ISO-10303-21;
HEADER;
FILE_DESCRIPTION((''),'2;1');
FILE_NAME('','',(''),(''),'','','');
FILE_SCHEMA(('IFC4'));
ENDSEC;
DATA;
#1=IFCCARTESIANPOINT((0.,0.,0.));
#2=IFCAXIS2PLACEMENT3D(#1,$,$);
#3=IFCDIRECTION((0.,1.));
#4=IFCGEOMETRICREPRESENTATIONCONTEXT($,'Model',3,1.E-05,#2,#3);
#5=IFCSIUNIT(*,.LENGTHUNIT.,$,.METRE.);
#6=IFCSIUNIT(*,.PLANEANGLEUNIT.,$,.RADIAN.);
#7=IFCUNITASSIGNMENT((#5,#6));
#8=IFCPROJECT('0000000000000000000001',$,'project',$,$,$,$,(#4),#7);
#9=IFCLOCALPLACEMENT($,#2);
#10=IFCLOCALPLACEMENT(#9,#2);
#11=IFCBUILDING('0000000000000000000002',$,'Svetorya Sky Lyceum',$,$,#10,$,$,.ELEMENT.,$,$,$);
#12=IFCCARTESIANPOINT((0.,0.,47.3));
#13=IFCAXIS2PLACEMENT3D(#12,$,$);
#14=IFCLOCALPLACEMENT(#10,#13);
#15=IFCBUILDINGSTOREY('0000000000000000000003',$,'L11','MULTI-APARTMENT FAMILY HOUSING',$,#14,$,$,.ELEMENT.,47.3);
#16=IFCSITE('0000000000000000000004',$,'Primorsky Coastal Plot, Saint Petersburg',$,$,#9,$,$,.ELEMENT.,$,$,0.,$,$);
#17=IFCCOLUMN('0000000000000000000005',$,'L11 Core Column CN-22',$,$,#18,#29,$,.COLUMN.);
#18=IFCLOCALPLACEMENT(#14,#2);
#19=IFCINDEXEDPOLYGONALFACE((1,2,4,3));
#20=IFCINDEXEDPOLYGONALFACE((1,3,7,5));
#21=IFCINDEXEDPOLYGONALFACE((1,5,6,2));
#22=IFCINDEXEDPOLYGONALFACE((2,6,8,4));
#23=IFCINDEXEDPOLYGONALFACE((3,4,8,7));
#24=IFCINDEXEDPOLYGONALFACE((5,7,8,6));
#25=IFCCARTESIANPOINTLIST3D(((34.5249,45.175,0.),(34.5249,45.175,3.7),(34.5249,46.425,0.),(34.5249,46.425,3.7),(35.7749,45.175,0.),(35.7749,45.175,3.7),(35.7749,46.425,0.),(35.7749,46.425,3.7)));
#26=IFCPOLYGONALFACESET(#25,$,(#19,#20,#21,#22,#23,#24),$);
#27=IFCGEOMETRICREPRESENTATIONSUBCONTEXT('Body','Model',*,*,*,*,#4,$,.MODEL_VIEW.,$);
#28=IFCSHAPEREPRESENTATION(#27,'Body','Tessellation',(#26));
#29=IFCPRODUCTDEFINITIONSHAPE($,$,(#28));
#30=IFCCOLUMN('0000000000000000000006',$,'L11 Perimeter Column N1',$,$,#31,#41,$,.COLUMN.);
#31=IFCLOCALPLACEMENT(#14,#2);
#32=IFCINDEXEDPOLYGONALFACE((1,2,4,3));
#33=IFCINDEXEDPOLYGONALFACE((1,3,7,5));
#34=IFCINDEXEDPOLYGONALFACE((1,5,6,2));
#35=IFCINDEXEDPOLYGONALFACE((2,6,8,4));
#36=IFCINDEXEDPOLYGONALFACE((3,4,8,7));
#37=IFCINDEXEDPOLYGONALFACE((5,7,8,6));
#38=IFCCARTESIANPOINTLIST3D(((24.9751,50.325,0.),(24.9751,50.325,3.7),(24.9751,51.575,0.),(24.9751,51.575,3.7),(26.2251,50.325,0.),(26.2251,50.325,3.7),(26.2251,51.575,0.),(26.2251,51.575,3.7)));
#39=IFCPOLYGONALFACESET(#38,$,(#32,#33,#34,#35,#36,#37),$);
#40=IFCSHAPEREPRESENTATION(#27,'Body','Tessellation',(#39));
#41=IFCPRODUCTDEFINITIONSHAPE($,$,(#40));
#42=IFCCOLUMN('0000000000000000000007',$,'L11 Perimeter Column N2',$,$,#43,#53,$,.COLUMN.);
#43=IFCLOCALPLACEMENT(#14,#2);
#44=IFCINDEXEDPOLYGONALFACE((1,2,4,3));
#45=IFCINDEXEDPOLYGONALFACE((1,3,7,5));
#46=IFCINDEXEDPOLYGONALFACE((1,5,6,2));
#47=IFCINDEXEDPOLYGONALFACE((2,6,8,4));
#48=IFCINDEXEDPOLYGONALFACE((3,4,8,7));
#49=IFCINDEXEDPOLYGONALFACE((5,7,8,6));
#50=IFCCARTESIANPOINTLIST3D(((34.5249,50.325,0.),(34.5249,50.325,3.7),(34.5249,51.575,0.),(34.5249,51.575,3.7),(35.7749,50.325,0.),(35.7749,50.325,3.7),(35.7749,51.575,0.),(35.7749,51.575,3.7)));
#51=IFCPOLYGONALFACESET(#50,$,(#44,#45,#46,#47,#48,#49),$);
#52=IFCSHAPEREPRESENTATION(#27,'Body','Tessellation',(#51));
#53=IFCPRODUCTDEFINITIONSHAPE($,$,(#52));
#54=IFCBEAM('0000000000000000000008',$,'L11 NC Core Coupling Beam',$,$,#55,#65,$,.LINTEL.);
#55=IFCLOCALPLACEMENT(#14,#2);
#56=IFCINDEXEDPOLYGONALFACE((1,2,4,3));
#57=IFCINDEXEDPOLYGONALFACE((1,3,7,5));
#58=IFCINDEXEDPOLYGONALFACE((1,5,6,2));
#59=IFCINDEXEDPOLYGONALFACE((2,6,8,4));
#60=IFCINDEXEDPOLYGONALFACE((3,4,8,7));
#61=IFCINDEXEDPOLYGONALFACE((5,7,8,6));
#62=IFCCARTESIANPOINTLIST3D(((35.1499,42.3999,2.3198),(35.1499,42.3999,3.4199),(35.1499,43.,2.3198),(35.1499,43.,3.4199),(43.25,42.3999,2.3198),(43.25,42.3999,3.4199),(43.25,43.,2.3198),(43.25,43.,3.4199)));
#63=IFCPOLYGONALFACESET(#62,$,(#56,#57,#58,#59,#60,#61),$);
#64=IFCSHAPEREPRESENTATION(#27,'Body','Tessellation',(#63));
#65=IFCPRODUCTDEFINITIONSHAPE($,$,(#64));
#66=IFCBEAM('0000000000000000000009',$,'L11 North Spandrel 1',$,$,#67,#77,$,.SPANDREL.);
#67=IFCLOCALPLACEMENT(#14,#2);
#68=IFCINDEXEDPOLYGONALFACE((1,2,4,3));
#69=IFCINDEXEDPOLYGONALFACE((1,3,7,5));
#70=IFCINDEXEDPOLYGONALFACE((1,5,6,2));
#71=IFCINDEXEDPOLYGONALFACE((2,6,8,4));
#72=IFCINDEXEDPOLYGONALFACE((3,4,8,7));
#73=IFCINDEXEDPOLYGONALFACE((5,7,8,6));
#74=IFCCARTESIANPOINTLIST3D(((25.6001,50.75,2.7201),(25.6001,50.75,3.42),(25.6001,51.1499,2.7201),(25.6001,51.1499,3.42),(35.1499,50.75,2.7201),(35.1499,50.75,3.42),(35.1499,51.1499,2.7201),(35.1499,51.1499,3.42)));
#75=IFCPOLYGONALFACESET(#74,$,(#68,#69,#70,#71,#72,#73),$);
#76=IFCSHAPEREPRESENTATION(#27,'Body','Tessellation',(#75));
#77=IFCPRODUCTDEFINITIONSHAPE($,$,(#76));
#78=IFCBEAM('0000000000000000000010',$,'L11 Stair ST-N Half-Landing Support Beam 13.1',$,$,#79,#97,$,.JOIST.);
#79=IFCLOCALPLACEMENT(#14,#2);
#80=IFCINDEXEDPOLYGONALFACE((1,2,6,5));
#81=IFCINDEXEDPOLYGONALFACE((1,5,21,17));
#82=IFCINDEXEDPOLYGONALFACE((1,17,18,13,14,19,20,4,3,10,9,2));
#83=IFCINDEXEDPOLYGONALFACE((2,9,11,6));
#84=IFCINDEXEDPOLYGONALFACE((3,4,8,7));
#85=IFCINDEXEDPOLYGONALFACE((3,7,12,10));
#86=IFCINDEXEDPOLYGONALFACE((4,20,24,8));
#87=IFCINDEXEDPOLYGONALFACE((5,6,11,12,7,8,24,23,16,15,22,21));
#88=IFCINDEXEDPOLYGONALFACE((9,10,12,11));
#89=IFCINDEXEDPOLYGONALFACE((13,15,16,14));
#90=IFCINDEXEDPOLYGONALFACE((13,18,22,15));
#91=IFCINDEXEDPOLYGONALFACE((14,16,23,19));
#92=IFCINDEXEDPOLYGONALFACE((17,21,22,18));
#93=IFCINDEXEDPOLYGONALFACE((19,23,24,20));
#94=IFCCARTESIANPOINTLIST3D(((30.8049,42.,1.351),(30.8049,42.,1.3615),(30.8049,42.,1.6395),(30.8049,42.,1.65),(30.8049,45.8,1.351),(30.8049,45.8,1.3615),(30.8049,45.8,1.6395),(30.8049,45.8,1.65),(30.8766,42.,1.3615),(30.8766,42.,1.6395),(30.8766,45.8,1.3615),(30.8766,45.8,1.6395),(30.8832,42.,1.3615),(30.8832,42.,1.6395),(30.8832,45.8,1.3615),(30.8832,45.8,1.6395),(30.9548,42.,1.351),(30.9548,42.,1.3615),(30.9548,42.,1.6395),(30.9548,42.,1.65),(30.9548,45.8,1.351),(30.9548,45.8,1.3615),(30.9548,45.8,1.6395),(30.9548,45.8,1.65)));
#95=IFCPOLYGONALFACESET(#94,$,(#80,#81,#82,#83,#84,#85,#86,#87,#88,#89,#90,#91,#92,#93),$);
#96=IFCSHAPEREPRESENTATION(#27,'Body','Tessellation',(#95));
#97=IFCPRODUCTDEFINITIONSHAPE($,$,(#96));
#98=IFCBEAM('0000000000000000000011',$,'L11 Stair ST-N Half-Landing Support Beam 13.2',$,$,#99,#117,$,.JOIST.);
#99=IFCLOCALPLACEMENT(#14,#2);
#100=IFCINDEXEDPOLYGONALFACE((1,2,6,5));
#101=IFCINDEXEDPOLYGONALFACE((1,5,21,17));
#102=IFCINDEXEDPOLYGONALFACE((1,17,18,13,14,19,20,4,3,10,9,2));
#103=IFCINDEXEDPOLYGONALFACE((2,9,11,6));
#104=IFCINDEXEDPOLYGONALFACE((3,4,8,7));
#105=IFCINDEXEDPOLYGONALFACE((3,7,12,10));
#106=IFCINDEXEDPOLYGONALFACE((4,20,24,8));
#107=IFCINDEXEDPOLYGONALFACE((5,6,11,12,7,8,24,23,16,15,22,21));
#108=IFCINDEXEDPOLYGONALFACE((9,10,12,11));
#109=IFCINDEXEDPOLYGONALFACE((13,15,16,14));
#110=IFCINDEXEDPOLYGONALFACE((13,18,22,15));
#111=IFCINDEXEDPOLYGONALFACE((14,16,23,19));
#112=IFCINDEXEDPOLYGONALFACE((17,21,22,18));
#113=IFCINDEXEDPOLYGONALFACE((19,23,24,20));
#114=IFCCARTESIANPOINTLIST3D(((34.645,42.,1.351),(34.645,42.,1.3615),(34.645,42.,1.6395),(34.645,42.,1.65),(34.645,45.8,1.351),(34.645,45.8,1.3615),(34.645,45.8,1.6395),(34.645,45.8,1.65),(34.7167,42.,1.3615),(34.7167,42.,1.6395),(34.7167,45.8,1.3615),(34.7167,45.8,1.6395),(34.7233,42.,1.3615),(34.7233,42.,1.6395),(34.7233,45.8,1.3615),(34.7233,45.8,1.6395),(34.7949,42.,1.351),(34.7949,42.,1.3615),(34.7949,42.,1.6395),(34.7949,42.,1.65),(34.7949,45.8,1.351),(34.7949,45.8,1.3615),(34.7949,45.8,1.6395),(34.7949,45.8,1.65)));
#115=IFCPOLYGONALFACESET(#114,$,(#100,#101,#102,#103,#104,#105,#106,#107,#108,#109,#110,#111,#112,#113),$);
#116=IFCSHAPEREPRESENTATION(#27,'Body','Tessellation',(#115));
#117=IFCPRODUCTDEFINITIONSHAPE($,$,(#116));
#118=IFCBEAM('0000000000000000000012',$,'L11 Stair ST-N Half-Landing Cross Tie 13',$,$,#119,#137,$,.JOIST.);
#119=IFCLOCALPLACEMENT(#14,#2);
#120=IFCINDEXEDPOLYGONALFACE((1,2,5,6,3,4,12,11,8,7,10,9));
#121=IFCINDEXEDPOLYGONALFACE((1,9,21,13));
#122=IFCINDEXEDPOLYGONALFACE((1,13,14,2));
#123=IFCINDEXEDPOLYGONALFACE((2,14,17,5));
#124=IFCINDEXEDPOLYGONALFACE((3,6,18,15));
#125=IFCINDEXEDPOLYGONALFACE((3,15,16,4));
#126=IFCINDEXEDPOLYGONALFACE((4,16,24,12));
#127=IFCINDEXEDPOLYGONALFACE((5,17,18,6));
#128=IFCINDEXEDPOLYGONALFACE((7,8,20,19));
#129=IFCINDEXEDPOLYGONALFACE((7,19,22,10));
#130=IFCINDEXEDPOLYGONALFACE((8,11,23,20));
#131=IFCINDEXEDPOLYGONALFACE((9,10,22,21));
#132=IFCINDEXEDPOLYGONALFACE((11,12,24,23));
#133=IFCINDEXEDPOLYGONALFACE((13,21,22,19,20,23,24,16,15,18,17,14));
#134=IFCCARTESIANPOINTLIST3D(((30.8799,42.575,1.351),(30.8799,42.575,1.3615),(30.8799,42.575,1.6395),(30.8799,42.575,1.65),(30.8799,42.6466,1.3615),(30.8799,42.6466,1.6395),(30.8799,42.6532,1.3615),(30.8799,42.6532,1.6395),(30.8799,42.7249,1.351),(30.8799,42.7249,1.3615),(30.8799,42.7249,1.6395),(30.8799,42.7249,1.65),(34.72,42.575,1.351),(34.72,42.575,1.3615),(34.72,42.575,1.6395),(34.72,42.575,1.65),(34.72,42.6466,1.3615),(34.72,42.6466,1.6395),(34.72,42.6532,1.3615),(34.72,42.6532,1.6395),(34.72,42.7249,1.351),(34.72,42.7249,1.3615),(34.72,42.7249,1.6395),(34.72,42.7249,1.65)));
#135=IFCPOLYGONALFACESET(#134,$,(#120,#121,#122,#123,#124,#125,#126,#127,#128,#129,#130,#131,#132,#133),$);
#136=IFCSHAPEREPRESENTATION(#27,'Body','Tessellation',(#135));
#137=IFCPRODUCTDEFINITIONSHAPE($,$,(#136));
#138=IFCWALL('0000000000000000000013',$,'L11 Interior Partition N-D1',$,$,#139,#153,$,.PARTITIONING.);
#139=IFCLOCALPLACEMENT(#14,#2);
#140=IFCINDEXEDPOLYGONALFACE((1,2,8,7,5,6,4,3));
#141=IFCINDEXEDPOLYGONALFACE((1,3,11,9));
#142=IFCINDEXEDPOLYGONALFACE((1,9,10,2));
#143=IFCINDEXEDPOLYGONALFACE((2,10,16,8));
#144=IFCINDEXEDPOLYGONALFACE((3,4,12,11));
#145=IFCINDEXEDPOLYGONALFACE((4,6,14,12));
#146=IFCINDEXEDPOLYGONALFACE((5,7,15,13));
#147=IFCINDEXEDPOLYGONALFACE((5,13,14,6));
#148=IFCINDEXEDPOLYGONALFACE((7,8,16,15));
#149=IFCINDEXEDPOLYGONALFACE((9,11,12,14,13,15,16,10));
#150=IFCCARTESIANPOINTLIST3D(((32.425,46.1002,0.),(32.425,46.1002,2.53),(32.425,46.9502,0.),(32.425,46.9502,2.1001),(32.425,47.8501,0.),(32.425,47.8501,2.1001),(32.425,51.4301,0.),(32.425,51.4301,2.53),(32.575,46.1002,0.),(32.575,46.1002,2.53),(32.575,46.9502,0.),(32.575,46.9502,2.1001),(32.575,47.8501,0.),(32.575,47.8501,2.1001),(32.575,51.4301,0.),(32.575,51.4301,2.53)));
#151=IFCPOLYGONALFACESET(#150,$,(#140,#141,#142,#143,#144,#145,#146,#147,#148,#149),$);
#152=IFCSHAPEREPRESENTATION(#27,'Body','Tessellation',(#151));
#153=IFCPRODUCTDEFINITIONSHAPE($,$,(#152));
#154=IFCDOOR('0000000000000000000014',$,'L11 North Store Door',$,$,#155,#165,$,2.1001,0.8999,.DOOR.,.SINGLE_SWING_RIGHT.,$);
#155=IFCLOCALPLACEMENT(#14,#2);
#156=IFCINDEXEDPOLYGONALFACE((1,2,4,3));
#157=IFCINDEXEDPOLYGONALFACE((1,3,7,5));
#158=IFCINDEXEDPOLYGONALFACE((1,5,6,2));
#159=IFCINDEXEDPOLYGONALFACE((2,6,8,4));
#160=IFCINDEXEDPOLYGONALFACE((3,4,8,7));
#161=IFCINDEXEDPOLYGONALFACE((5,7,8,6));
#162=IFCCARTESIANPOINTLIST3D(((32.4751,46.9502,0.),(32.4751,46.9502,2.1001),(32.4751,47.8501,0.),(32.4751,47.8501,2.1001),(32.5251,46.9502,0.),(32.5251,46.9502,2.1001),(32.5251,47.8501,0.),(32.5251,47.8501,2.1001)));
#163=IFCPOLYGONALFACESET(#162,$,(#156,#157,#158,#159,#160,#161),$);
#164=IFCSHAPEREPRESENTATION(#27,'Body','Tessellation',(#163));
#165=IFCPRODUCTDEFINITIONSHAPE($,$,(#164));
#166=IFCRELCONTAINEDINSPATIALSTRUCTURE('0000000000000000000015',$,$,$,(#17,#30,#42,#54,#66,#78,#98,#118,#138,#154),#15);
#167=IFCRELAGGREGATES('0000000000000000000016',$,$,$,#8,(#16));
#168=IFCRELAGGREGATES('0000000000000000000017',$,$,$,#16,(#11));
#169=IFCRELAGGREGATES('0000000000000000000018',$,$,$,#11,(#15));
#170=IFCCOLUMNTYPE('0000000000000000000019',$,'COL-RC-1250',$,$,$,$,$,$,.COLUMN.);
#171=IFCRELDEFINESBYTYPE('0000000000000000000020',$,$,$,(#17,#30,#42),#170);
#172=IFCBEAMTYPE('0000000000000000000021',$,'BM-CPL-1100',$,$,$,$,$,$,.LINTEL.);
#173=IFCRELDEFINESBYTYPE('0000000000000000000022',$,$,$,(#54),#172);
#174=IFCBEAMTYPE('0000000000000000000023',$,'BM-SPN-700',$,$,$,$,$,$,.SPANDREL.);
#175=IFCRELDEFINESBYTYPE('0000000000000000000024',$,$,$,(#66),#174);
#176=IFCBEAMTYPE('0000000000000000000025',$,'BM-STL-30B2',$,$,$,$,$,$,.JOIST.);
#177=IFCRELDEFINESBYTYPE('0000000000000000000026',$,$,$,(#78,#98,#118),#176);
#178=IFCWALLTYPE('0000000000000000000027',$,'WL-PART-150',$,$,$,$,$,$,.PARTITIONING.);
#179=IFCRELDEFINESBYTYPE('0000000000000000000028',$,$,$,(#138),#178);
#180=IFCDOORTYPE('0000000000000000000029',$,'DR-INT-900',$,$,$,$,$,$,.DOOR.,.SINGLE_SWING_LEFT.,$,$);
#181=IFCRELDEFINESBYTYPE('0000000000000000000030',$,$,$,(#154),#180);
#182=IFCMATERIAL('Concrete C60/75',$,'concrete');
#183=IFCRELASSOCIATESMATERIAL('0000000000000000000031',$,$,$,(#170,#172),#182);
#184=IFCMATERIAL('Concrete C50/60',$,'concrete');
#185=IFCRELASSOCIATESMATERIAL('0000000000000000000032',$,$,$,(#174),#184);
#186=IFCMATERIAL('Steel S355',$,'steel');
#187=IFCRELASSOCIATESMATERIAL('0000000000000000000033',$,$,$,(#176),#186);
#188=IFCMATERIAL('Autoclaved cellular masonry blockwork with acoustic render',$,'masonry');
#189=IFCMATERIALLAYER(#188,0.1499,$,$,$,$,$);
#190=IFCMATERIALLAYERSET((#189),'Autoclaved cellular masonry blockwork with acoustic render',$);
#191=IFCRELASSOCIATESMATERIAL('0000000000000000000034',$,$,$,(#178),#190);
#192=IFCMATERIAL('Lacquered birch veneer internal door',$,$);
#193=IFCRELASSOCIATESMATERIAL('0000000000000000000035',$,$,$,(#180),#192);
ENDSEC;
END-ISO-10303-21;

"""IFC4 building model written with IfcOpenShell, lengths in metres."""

from ifc_helpers import new_model, si_unit, direction, frame, frame_2d, origin, origin_2d, place, context, subcontext, project, spatial, rectangle, i_section, extrude, material, layer, layer_set, material_profile, profile_set, type_object, element, fill, save


model = new_model("IFC4")

# Units and contexts
model_context = context("Model", 3, precision=1e-05, world=origin(), true_north=direction((0.0, 1.0)))
body_context = subcontext(model_context, "Body", "Model", "MODEL_VIEW")
ifc_project = project(units=[si_unit("LENGTHUNIT", "METRE"), si_unit("PLANEANGLEUNIT", "RADIAN")], contexts=[model_context])

# Site, building, storey
site_placement = place(None, origin())
site = spatial("IfcSite", under=ifc_project, at=site_placement, Name="Primorsky Coastal Plot, Saint Petersburg", CompositionType="ELEMENT", RefElevation=0.0)
building_placement = place(site_placement, origin())
building = spatial("IfcBuilding", under=site, at=building_placement, Name="Svetorya Sky Lyceum", CompositionType="ELEMENT")
storey_placement = place(building_placement, frame((0.0, 0.0, 47.3)))
storey = spatial("IfcBuildingStorey", under=building, at=storey_placement, Name="L11", Description="MULTI-APARTMENT FAMILY HOUSING", CompositionType="ELEMENT", Elevation=47.3)

# Columns
ifc_material_1 = material(Name="Concrete C60/75", Category="concrete")
ifc_material_profile_1 = material_profile(ifc_material_1, rectangle(XDim=1.25, YDim=1.25, at=origin_2d()), Name="RC COL 1250x1250")
ifc_profile_set_1 = profile_set([ifc_material_profile_1], Name="Concrete C60/75")
column_type = type_object("IfcColumnType", Name="COL-RC-1250", PredefinedType="COLUMN", material=ifc_profile_set_1)
for number, where, z_axis, x_axis, name in (
    (1, (35.1499, 45.8, 0.0), (0.0, 0.0, 1.0), (1.0, 0.0, 0.0), "L11 Core Column CN-22"),
    (2, (25.6001, 50.95, 0.0), (0.0, 0.0, 1.0), (1.0, 0.0, 0.0), "L11 Perimeter Column N1"),
    (3, (35.1499, 50.95, 0.0), (0.0, 0.0, 1.0), (1.0, 0.0, 0.0), "L11 Perimeter Column N2"),
):
    element("IfcColumn", number, at=place(storey_placement, frame(where, z_axis=z_axis, x_axis=x_axis)), inside=storey, type_object=column_type, Name=name, PredefinedType="COLUMN", context=body_context, shape_type="SweptSolid", body=[
        extrude(rectangle(XDim=1.25, YDim=1.25, at=origin_2d()), origin(), (0.0, 0.0, 1.0), 3.7),
    ])

# Beams
ifc_material_profile_2 = material_profile(ifc_material_1, rectangle(XDim=0.6001, YDim=1.1001, at=origin_2d()), Name="RC COUPLING 600x1100")
ifc_profile_set_2 = profile_set([ifc_material_profile_2], Name="Concrete C60/75")
beam_type_1 = type_object("IfcBeamType", Name="BM-CPL-1100", PredefinedType="LINTEL", material=ifc_profile_set_2)
beam_1_placement = place(storey_placement, frame((35.1499, 42.7, 2.8699), z_axis=(1.0, 0.0, 0.0), x_axis=(0.0, 1.0, 0.0)))
element("IfcBeam", 4, at=beam_1_placement, inside=storey, type_object=beam_type_1, Name="L11 NC Core Coupling Beam", PredefinedType="LINTEL", context=body_context, shape_type="SweptSolid", body=[
    extrude(rectangle(XDim=0.6001, YDim=1.1001, at=origin_2d()), origin(), (0.0, 0.0, 1.0), 8.1001),
])
ifc_material_2 = material(Name="Concrete C50/60", Category="concrete")
ifc_material_profile_3 = material_profile(ifc_material_2, rectangle(XDim=0.3999, YDim=0.7, at=origin_2d()), Name="RC SPANDREL 400x700")
ifc_profile_set_3 = profile_set([ifc_material_profile_3], Name="Concrete C50/60")
beam_type_2 = type_object("IfcBeamType", Name="BM-SPN-700", PredefinedType="SPANDREL", material=ifc_profile_set_3)
beam_2_placement = place(storey_placement, frame((25.6001, 50.95, 3.0701), z_axis=(1.0, 0.0, 0.0), x_axis=(0.0, 1.0, 0.0)))
element("IfcBeam", 5, at=beam_2_placement, inside=storey, type_object=beam_type_2, Name="L11 North Spandrel 1", PredefinedType="SPANDREL", context=body_context, shape_type="SweptSolid", body=[
    extrude(rectangle(XDim=0.3999, YDim=0.7, at=origin_2d()), origin(), (0.0, 0.0, 1.0), 9.5498),
])
ifc_material_3 = material(Name="Steel S355", Category="steel")
ifc_material_profile_4 = material_profile(ifc_material_3, i_section(OverallWidth=0.1499, OverallDepth=0.2991, WebThickness=0.0066, FlangeThickness=0.0105, at=origin_2d()), Name="GOST 30B2")
ifc_profile_set_4 = profile_set([ifc_material_profile_4], Name="Steel S355")
beam_type_3 = type_object("IfcBeamType", Name="BM-STL-30B2", PredefinedType="JOIST", material=ifc_profile_set_4)
for number, where, z_axis, x_axis, name in (
    (6, (30.8799, 42.0, 1.5005), (0.0, 1.0, 0.0), (-1.0, 0.0, 0.0), "L11 Stair ST-N Half-Landing Support Beam 13.1"),
    (7, (34.72, 42.0, 1.5005), (0.0, 1.0, 0.0), (-1.0, 0.0, 0.0), "L11 Stair ST-N Half-Landing Support Beam 13.2"),
):
    element("IfcBeam", number, at=place(storey_placement, frame(where, z_axis=z_axis, x_axis=x_axis)), inside=storey, type_object=beam_type_3, Name=name, PredefinedType="JOIST", context=body_context, shape_type="SweptSolid", body=[
        extrude(i_section(OverallWidth=0.1499, OverallDepth=0.2991, WebThickness=0.0066, FlangeThickness=0.0105, at=origin_2d()), origin(), (0.0, 0.0, 1.0), 3.8),
    ])
beam_3_placement = place(storey_placement, frame((30.8799, 42.6499, 1.5005), z_axis=(1.0, 0.0, 0.0), x_axis=(0.0, 1.0, 0.0)))
element("IfcBeam", 8, at=beam_3_placement, inside=storey, type_object=beam_type_3, Name="L11 Stair ST-N Half-Landing Cross Tie 13", PredefinedType="JOIST", context=body_context, shape_type="SweptSolid", body=[
    extrude(i_section(OverallWidth=0.1499, OverallDepth=0.2991, WebThickness=0.0066, FlangeThickness=0.0105, at=origin_2d()), origin(), (0.0, 0.0, 1.0), 3.8401),
])

# Wall, opening, door
ifc_material_4 = material(Name="Autoclaved cellular masonry blockwork with acoustic render", Category="masonry")
ifc_layer = layer(ifc_material_4, 0.1499)
ifc_layer_set = layer_set([ifc_layer], Name="Autoclaved cellular masonry blockwork with acoustic render")
wall_type = type_object("IfcWallType", Name="WL-PART-150", PredefinedType="PARTITIONING", material=ifc_layer_set)
wall_placement = place(storey_placement, frame((32.5, 46.1001, 0.0), z_axis=(0.0, 0.0, 1.0), x_axis=(0.0, 1.0, 0.0)))
wall = element("IfcWall", 9, at=wall_placement, inside=storey, type_object=wall_type, Name="L11 Interior Partition N-D1", PredefinedType="PARTITIONING", context=body_context, shape_type="SweptSolid", body=[
    extrude(rectangle(XDim=5.3298, YDim=0.1499, at=frame_2d((2.665, 0.0))), origin(), (0.0, 0.0, 1.0), 2.53),
])
opening_placement = place(wall_placement, frame((0.8501, 0.0, 0.0)))
opening = element("IfcOpeningElement", 10, at=opening_placement, cuts=wall, PredefinedType="OPENING", context=body_context, shape_type="SweptSolid", body=[
    extrude(rectangle(XDim=0.8999, YDim=2.1001, at=frame_2d((0.45, 1.05))), frame((0.0, 0.085, 0.0), z_axis=(0.0, -1.0, 0.0), x_axis=(1.0, 0.0, 0.0)), (0.0, 0.0, 1.0), 0.1699),
])
ifc_material_5 = material(Name="Lacquered birch veneer internal door")
door_type = type_object("IfcDoorType", Name="DR-INT-900", OperationType="SINGLE_SWING_LEFT", PredefinedType="DOOR", material=ifc_material_5)
door_placement = place(opening_placement, origin())
door = element("IfcDoor", 11, at=door_placement, inside=storey, type_object=door_type, Name="L11 North Store Door", OperationType="SINGLE_SWING_RIGHT", OverallHeight=2.1001, OverallWidth=0.8999, PredefinedType="DOOR", context=body_context, shape_type="SweptSolid", body=[
    extrude(rectangle(XDim=0.8999, YDim=2.1001, at=frame_2d((0.45, 1.05))), frame((0.0, 0.0249, 0.0), z_axis=(0.0, -1.0, 0.0), x_axis=(1.0, 0.0, 0.0)), (0.0, 0.0, 1.0), 0.05),
])
fill(opening, door)

save(model, "model.ifc")
